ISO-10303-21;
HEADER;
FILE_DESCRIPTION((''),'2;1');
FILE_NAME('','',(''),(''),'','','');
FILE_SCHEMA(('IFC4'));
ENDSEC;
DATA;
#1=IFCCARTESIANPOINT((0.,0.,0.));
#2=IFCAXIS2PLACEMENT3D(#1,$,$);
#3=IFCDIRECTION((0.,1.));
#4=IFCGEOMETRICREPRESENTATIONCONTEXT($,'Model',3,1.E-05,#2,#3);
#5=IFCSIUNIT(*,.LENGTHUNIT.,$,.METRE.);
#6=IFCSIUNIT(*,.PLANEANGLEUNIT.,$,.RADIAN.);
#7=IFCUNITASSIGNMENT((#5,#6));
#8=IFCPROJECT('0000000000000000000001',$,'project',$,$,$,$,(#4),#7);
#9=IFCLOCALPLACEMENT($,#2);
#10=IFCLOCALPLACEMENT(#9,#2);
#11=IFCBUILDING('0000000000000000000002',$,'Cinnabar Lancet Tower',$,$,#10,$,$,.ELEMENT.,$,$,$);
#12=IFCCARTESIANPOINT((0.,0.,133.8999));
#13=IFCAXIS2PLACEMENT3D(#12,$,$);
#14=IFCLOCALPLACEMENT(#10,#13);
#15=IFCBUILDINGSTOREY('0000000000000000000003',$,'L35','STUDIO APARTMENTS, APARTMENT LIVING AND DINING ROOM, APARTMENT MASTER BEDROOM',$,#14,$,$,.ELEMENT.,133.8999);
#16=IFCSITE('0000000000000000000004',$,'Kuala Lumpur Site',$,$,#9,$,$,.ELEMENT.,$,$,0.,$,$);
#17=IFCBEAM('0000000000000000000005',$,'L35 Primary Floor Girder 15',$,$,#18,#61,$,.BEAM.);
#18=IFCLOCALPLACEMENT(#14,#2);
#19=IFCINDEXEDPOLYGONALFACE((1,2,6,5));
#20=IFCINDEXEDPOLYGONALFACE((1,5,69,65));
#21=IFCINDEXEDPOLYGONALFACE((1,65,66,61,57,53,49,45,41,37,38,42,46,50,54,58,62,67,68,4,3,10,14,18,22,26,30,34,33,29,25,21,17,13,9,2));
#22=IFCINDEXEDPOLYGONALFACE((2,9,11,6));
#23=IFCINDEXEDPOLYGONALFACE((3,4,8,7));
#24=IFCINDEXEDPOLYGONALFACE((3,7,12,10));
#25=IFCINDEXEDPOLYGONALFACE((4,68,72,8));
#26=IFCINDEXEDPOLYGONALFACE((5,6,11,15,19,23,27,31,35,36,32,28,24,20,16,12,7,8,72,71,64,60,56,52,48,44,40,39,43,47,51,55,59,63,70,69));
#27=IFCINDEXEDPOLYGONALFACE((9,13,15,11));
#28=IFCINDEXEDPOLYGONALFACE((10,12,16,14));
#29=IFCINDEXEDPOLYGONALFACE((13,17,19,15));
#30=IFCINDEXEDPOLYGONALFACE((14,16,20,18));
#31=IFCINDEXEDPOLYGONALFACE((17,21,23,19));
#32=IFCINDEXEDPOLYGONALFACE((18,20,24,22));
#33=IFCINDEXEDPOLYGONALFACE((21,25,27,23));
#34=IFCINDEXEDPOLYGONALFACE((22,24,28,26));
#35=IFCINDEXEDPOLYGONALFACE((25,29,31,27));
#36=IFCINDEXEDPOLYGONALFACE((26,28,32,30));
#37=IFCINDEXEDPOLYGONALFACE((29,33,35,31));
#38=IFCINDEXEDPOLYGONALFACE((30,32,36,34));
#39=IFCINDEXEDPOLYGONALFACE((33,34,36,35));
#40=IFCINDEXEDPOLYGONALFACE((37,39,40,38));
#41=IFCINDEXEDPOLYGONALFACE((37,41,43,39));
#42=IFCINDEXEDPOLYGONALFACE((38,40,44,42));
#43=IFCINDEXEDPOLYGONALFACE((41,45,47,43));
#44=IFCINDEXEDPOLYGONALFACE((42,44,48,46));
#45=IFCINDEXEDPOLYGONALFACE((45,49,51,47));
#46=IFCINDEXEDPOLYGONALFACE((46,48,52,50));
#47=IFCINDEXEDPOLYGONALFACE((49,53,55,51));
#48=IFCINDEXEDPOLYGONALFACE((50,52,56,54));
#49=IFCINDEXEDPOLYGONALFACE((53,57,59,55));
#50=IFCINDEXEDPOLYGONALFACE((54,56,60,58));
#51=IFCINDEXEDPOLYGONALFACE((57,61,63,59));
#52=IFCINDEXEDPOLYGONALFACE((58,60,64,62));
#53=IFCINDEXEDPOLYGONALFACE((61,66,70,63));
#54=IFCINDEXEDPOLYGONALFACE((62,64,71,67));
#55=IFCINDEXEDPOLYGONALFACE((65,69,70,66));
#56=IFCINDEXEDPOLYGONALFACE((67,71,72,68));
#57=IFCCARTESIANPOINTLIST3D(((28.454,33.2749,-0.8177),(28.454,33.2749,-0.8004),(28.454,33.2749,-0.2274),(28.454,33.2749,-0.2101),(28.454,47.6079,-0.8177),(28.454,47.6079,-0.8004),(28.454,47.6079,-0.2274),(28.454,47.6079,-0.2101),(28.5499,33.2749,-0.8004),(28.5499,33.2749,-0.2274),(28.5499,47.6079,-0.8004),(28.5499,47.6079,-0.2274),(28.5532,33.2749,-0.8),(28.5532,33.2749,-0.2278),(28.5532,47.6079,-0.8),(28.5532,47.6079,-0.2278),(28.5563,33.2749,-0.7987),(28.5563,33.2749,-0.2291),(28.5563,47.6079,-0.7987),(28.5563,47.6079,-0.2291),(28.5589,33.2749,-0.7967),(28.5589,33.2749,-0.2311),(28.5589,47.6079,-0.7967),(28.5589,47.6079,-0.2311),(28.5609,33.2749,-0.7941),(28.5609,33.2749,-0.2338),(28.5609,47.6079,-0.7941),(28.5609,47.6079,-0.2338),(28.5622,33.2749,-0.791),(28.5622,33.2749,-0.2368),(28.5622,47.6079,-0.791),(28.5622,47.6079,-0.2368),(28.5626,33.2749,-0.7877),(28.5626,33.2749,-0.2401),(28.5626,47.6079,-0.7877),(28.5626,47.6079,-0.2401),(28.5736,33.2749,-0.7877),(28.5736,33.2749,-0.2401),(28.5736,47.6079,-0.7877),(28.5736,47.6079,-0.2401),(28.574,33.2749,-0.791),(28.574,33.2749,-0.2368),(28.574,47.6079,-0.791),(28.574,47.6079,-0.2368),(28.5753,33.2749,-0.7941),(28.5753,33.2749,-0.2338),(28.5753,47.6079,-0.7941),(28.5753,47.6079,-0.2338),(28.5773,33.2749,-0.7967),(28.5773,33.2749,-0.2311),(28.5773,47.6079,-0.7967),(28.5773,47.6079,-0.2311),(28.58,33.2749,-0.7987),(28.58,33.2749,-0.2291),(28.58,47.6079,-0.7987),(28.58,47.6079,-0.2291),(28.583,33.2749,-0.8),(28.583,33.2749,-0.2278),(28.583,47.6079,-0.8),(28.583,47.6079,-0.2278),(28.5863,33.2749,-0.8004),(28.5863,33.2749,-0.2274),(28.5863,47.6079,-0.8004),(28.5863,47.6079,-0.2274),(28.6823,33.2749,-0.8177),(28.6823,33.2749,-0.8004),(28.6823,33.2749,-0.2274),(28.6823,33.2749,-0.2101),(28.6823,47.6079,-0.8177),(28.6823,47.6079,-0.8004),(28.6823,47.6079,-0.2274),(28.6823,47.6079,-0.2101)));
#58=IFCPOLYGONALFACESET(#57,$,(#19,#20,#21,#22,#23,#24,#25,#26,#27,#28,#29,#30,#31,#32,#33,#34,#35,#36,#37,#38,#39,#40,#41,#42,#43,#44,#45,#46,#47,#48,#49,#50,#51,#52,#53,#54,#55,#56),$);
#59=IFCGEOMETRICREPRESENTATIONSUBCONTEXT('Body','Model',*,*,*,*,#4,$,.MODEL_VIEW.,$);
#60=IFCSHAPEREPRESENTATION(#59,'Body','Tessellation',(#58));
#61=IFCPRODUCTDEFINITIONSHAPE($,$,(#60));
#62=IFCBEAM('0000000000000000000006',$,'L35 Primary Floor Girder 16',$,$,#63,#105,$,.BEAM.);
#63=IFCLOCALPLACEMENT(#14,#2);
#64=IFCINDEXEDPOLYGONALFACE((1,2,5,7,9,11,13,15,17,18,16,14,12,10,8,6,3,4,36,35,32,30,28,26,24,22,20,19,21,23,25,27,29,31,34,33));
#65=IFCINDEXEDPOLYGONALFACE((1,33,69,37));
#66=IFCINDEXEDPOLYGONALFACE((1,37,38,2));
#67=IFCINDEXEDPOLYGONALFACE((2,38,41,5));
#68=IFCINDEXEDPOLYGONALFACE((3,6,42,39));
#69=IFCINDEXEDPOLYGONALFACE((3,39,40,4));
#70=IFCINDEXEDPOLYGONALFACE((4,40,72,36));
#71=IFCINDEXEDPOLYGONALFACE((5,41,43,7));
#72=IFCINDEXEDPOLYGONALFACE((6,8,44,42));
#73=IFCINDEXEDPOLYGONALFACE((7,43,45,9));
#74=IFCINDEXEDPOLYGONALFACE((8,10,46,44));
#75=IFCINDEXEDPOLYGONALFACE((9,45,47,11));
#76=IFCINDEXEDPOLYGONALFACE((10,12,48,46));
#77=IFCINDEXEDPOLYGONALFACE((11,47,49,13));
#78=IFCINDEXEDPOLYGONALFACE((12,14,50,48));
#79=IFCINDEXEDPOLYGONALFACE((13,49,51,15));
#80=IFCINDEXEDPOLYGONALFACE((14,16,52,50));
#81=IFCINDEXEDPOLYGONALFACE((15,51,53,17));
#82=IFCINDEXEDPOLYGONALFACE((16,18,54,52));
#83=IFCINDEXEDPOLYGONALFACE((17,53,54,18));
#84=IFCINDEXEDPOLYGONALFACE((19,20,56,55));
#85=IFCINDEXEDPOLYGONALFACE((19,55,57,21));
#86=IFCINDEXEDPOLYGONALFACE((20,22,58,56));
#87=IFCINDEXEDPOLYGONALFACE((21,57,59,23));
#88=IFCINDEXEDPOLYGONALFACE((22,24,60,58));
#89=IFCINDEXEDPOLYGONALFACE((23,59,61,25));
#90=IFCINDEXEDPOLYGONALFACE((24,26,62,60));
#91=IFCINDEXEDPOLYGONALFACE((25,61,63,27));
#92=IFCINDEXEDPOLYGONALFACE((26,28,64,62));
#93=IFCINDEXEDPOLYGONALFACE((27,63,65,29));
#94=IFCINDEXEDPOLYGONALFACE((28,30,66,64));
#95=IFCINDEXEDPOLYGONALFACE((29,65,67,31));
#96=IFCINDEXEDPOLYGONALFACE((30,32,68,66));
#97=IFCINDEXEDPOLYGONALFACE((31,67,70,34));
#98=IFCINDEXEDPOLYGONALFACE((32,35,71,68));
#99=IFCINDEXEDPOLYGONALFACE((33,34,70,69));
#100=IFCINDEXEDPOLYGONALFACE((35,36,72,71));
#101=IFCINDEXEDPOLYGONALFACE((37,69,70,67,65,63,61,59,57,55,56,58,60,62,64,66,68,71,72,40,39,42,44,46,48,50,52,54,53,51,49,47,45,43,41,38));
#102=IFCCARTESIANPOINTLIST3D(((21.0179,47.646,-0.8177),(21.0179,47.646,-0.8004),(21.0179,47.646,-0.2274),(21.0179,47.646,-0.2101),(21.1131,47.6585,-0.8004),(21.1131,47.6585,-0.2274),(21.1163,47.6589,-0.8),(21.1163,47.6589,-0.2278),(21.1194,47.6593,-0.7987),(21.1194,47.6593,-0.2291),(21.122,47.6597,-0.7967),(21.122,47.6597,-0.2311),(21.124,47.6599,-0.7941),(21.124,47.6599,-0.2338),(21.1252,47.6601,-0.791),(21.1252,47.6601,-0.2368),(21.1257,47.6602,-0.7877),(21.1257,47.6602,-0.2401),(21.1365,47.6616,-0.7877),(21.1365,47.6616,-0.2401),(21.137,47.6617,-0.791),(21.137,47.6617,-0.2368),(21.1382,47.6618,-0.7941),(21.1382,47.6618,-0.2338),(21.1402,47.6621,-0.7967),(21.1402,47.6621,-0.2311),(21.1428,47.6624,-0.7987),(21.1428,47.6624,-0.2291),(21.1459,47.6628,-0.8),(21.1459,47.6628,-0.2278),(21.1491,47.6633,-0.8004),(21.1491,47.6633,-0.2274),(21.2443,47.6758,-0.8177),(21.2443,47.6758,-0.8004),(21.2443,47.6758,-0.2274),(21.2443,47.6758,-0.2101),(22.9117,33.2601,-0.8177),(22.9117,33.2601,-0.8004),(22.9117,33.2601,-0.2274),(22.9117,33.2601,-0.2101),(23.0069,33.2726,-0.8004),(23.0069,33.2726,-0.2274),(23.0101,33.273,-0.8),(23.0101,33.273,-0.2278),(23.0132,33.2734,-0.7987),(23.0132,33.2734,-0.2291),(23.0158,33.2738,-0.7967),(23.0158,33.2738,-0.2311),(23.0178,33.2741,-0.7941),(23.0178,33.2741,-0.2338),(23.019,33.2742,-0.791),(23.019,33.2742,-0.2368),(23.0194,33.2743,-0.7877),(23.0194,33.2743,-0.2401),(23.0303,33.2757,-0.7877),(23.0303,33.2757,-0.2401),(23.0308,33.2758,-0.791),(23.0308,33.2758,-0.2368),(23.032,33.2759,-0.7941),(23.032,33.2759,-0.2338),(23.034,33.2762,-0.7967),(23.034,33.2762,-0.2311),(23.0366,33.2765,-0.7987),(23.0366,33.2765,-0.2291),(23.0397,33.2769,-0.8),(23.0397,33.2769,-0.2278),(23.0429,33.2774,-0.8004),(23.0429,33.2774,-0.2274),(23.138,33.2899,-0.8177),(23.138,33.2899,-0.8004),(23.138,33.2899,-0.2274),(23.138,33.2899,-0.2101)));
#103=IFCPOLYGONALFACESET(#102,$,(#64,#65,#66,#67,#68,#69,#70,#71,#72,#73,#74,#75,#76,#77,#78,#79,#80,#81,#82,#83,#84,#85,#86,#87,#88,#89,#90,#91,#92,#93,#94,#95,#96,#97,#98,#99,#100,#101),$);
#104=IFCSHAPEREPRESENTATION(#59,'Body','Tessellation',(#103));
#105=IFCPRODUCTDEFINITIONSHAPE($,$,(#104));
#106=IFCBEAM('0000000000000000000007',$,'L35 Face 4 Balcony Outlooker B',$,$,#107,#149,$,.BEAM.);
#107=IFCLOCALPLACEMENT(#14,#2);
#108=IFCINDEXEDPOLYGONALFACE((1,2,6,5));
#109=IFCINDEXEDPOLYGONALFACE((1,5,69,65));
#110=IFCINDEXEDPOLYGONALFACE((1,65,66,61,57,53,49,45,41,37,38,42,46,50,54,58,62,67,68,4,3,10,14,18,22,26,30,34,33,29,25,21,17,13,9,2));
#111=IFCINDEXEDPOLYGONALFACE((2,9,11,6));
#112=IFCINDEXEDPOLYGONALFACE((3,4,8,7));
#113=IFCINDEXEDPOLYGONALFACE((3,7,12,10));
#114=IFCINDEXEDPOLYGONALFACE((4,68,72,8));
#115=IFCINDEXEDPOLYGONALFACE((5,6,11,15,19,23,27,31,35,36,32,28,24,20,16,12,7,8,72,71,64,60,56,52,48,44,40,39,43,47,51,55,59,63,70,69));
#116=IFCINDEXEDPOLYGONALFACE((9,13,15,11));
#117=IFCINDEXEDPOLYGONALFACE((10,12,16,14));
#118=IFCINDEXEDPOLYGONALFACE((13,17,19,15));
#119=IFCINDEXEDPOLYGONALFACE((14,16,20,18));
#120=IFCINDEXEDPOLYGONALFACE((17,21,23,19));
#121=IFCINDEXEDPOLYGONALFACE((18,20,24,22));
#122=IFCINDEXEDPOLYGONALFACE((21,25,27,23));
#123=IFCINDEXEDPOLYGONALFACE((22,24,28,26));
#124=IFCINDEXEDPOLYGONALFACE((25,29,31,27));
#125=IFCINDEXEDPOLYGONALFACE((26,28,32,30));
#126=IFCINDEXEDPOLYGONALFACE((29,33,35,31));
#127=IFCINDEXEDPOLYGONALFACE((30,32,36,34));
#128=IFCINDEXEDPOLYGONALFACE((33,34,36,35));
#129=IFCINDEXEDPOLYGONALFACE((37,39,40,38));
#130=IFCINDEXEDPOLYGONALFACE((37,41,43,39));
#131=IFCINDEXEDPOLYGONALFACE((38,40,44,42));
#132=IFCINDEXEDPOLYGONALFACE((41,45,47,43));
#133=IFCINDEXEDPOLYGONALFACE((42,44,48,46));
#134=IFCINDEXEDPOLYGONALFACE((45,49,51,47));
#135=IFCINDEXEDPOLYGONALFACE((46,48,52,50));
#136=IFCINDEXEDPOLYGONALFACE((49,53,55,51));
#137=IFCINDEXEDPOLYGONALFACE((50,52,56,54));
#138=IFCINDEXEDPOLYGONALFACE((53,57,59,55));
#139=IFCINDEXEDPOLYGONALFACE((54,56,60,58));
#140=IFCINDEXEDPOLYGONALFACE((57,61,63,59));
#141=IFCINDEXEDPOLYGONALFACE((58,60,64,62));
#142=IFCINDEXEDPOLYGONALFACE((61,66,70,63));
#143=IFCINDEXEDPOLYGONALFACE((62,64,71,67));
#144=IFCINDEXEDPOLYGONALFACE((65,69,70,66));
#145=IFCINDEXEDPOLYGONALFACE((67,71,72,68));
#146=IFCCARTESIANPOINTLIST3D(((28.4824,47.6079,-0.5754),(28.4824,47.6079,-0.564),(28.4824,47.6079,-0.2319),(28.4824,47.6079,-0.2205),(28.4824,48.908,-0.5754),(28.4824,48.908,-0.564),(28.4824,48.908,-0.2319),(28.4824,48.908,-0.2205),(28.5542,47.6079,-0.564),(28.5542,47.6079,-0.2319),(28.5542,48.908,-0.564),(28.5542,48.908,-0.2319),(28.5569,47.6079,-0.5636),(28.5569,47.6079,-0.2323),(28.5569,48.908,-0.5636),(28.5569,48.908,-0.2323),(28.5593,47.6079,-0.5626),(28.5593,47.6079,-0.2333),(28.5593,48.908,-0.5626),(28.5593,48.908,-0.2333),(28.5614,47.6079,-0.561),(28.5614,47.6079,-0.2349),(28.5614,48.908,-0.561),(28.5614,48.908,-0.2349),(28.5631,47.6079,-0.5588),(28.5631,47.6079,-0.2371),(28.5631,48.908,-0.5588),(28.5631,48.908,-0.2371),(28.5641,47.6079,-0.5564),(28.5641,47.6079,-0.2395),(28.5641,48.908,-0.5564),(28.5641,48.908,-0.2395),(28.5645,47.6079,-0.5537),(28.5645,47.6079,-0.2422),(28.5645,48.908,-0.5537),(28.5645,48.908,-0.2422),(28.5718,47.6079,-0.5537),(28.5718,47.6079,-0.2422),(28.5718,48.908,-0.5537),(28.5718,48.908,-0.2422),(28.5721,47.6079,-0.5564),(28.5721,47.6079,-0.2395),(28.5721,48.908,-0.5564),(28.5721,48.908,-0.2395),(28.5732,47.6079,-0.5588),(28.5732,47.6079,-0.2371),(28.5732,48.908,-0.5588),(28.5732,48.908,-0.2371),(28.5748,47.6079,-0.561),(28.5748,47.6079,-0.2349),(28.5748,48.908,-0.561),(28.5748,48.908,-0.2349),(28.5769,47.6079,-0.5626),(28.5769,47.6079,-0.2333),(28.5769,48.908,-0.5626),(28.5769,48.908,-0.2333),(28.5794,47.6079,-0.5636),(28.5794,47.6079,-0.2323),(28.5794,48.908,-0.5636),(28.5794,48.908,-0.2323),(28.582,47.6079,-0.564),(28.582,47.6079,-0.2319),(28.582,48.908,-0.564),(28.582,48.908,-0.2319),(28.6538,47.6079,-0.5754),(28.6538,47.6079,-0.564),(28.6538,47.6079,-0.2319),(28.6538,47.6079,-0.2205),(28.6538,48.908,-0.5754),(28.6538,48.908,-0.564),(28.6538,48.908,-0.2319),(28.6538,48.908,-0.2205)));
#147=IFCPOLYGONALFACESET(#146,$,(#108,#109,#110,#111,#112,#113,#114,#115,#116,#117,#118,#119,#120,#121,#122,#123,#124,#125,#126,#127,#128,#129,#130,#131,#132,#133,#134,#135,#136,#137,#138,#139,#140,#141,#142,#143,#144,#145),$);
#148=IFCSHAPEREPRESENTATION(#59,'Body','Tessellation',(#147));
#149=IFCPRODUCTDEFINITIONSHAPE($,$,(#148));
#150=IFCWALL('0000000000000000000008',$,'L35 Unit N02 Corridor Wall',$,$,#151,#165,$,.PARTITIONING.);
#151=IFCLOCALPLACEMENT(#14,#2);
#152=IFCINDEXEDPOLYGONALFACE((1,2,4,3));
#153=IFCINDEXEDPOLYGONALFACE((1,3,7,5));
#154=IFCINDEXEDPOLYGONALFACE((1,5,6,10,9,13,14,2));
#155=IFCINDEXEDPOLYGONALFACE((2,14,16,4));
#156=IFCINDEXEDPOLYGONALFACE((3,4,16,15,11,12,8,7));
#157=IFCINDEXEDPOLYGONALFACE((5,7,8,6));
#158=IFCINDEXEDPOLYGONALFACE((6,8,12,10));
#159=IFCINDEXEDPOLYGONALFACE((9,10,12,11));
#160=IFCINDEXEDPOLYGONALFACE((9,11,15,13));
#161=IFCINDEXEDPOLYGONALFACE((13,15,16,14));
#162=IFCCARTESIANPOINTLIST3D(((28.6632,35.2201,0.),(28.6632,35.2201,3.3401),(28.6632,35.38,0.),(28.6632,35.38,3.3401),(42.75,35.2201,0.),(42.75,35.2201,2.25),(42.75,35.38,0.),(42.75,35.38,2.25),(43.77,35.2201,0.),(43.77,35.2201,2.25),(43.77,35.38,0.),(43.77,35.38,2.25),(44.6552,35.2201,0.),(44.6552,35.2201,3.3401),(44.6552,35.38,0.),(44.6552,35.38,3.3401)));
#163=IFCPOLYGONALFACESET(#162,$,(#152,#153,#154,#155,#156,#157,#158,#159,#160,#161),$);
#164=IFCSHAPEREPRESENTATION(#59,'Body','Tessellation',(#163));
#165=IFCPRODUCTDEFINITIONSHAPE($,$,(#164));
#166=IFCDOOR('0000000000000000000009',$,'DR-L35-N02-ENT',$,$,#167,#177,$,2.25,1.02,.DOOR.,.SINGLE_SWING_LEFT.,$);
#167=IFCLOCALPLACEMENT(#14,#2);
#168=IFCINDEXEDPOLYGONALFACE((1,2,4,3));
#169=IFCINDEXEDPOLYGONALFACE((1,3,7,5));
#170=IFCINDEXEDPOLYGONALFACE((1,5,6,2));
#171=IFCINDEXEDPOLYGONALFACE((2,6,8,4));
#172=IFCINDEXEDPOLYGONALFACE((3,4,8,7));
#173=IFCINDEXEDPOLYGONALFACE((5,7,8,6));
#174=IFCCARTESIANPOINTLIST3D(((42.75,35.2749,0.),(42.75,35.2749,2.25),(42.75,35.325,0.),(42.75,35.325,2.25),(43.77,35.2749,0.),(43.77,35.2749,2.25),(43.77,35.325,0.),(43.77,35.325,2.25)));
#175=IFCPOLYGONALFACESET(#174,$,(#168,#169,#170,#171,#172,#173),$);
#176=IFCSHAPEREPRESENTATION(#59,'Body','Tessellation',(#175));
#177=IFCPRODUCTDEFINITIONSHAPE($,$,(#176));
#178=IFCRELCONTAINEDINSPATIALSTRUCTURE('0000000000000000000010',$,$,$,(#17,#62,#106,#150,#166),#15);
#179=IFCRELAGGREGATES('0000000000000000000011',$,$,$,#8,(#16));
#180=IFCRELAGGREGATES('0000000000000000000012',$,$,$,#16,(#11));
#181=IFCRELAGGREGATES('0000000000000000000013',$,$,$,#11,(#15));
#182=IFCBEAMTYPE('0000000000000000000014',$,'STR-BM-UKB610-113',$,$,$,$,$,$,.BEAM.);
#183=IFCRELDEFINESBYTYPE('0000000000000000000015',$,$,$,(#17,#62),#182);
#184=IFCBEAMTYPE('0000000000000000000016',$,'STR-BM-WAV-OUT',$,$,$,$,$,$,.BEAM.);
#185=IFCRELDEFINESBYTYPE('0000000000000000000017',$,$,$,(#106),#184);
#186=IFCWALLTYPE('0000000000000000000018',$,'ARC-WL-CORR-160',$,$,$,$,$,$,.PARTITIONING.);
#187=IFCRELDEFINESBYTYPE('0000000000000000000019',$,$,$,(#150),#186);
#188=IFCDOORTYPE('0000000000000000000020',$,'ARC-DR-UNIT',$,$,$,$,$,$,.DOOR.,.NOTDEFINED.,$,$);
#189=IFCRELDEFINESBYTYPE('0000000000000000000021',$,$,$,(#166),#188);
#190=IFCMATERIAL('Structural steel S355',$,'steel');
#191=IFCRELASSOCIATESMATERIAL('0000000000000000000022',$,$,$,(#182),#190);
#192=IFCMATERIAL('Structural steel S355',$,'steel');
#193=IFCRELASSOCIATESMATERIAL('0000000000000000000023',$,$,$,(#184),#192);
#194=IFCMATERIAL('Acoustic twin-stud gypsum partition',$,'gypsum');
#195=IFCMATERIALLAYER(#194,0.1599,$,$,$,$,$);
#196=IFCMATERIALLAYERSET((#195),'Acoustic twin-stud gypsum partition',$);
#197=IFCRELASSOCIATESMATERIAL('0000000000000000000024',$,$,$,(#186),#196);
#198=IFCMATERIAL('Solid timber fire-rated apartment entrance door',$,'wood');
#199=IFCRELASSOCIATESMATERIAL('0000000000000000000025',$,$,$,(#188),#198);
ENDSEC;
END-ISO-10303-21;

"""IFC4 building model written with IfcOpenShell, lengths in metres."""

from ifc_helpers import new_model, si_unit, direction, frame, frame_2d, origin, origin_2d, place, context, subcontext, project, spatial, rectangle, i_section, extrude, material, layer, layer_set, material_profile, profile_set, type_object, element, fill, save


model = new_model("IFC4")

# Units and contexts
model_context = context("Model", 3, precision=1e-05, world=origin(), true_north=direction((0.0, 1.0)))
body_context = subcontext(model_context, "Body", "Model", "MODEL_VIEW")
ifc_project = project(units=[si_unit("LENGTHUNIT", "METRE"), si_unit("PLANEANGLEUNIT", "RADIAN")], contexts=[model_context])

# Site, building, storey
site_placement = place(None, origin())
site = spatial("IfcSite", under=ifc_project, at=site_placement, Name="Kuala Lumpur Site", CompositionType="ELEMENT", RefElevation=0.0)
building_placement = place(site_placement, origin())
building = spatial("IfcBuilding", under=site, at=building_placement, Name="Cinnabar Lancet Tower", CompositionType="ELEMENT")
storey_placement = place(building_placement, frame((0.0, 0.0, 133.8999)))
storey = spatial("IfcBuildingStorey", under=building, at=storey_placement, Name="L35", Description="STUDIO APARTMENTS, APARTMENT LIVING AND DINING ROOM, APARTMENT MASTER BEDROOM", CompositionType="ELEMENT", Elevation=133.8999)

# Beams
ifc_material_1 = material(Name="Structural steel S355", Category="steel")
ifc_material_profile_1 = material_profile(ifc_material_1, i_section(OverallWidth=0.2283, OverallDepth=0.6077, WebThickness=0.011, FlangeThickness=0.0173, FilletRadius=0.0127, at=origin_2d()), Name="UKB 610x229x113")
ifc_profile_set_1 = profile_set([ifc_material_profile_1], Name="Structural steel S355")
beam_type_1 = type_object("IfcBeamType", Name="STR-BM-UKB610-113", PredefinedType="BEAM", material=ifc_profile_set_1)
beam_1_placement = place(storey_placement, frame((28.5681, 47.6079, -0.5139), z_axis=(0.0, -1.0, 0.0), x_axis=(1.0, 0.0, 0.0)))
element("IfcBeam", 1, at=beam_1_placement, inside=storey, type_object=beam_type_1, Name="L35 Primary Floor Girder 15", PredefinedType="BEAM", context=body_context, shape_type="SweptSolid", body=[
    extrude(i_section(OverallWidth=0.2283, OverallDepth=0.6077, WebThickness=0.011, FlangeThickness=0.0173, FilletRadius=0.0127, at=origin_2d()), origin(), (0.0, 0.0, 1.0), 14.333),
])
beam_2_placement = place(storey_placement, frame((21.1311, 47.6609, -0.5139), z_axis=(0.130516, -0.991446, 0.0), x_axis=(0.991446, 0.130516, 0.0)))
element("IfcBeam", 2, at=beam_2_placement, inside=storey, type_object=beam_type_1, Name="L35 Primary Floor Girder 16", PredefinedType="BEAM", context=body_context, shape_type="SweptSolid", body=[
    extrude(i_section(OverallWidth=0.2283, OverallDepth=0.6077, WebThickness=0.011, FlangeThickness=0.0173, FilletRadius=0.0127, at=origin_2d()), origin(), (0.0, 0.0, 1.0), 14.51),
])
ifc_material_2 = material(Name="Structural steel S355", Category="steel")
ifc_material_profile_2 = material_profile(ifc_material_2, i_section(OverallWidth=0.1714, OverallDepth=0.355, WebThickness=0.0073, FlangeThickness=0.0115, FilletRadius=0.0103, at=origin_2d()), Name="UKB 356x171x51")
ifc_profile_set_2 = profile_set([ifc_material_profile_2], Name="Structural steel S355")
beam_type_2 = type_object("IfcBeamType", Name="STR-BM-WAV-OUT", PredefinedType="BEAM", material=ifc_profile_set_2)
beam_3_placement = place(storey_placement, frame((28.5681, 47.6079, -0.3979), z_axis=(0.0, 1.0, 0.0), x_axis=(-1.0, 0.0, 0.0)))
element("IfcBeam", 3, at=beam_3_placement, inside=storey, type_object=beam_type_2, Name="L35 Face 4 Balcony Outlooker B", PredefinedType="BEAM", context=body_context, shape_type="SweptSolid", body=[
    extrude(i_section(OverallWidth=0.1714, OverallDepth=0.355, WebThickness=0.0073, FlangeThickness=0.0115, FilletRadius=0.0103, at=origin_2d()), origin(), (0.0, 0.0, 1.0), 1.3),
])

# Wall, opening, door
ifc_material_3 = material(Name="Acoustic twin-stud gypsum partition", Category="gypsum")
ifc_layer_1 = layer(ifc_material_3, 0.1599)
ifc_layer_set_1 = layer_set([ifc_layer_1], Name="Acoustic twin-stud gypsum partition")
wall_type_1 = type_object("IfcWallType", Name="ARC-WL-CORR-160", PredefinedType="PARTITIONING", material=ifc_layer_set_1)
wall_1_placement = place(storey_placement, frame((28.6631, 35.3, 0.0), z_axis=(0.0, 0.0, 1.0), x_axis=(1.0, 0.0, 0.0)))
wall_1 = element("IfcWall", 4, at=wall_1_placement, inside=storey, type_object=wall_type_1, Name="L35 Unit N02 Corridor Wall", PredefinedType="PARTITIONING", context=body_context, shape_type="SweptSolid", body=[
    extrude(rectangle(XDim=15.9919, YDim=0.1599, at=frame_2d((7.9961, 0.0))), origin(), (0.0, 0.0, 1.0), 3.3401),
])
opening_1_placement = place(wall_1_placement, frame((14.0869, 0.0, 0.0)))
opening_1 = element("IfcOpeningElement", 5, at=opening_1_placement, cuts=wall_1, PredefinedType="OPENING", context=body_context, shape_type="SweptSolid", body=[
    extrude(rectangle(XDim=1.02, YDim=2.25, at=frame_2d((0.51, 1.125))), frame((0.0, 0.0898, 0.0), z_axis=(0.0, -1.0, 0.0), x_axis=(1.0, 0.0, 0.0)), (0.0, 0.0, 1.0), 0.1799),
])
ifc_material_4 = material(Name="Solid timber fire-rated apartment entrance door", Category="wood")
door_type_1 = type_object("IfcDoorType", Name="ARC-DR-UNIT", OperationType="NOTDEFINED", PredefinedType="DOOR", material=ifc_material_4)
door_1_placement = place(opening_1_placement, origin())
door_1 = element("IfcDoor", 6, at=door_1_placement, inside=storey, type_object=door_type_1, Name="DR-L35-N02-ENT", OperationType="SINGLE_SWING_LEFT", OverallHeight=2.25, OverallWidth=1.02, PredefinedType="DOOR", context=body_context, shape_type="SweptSolid", body=[
    extrude(rectangle(XDim=1.02, YDim=2.25, at=frame_2d((0.51, 1.125))), frame((0.0, 0.0249, 0.0), z_axis=(0.0, -1.0, 0.0), x_axis=(1.0, 0.0, 0.0)), (0.0, 0.0, 1.0), 0.05),
])
fill(opening_1, door_1)

save(model, "model.ifc")
